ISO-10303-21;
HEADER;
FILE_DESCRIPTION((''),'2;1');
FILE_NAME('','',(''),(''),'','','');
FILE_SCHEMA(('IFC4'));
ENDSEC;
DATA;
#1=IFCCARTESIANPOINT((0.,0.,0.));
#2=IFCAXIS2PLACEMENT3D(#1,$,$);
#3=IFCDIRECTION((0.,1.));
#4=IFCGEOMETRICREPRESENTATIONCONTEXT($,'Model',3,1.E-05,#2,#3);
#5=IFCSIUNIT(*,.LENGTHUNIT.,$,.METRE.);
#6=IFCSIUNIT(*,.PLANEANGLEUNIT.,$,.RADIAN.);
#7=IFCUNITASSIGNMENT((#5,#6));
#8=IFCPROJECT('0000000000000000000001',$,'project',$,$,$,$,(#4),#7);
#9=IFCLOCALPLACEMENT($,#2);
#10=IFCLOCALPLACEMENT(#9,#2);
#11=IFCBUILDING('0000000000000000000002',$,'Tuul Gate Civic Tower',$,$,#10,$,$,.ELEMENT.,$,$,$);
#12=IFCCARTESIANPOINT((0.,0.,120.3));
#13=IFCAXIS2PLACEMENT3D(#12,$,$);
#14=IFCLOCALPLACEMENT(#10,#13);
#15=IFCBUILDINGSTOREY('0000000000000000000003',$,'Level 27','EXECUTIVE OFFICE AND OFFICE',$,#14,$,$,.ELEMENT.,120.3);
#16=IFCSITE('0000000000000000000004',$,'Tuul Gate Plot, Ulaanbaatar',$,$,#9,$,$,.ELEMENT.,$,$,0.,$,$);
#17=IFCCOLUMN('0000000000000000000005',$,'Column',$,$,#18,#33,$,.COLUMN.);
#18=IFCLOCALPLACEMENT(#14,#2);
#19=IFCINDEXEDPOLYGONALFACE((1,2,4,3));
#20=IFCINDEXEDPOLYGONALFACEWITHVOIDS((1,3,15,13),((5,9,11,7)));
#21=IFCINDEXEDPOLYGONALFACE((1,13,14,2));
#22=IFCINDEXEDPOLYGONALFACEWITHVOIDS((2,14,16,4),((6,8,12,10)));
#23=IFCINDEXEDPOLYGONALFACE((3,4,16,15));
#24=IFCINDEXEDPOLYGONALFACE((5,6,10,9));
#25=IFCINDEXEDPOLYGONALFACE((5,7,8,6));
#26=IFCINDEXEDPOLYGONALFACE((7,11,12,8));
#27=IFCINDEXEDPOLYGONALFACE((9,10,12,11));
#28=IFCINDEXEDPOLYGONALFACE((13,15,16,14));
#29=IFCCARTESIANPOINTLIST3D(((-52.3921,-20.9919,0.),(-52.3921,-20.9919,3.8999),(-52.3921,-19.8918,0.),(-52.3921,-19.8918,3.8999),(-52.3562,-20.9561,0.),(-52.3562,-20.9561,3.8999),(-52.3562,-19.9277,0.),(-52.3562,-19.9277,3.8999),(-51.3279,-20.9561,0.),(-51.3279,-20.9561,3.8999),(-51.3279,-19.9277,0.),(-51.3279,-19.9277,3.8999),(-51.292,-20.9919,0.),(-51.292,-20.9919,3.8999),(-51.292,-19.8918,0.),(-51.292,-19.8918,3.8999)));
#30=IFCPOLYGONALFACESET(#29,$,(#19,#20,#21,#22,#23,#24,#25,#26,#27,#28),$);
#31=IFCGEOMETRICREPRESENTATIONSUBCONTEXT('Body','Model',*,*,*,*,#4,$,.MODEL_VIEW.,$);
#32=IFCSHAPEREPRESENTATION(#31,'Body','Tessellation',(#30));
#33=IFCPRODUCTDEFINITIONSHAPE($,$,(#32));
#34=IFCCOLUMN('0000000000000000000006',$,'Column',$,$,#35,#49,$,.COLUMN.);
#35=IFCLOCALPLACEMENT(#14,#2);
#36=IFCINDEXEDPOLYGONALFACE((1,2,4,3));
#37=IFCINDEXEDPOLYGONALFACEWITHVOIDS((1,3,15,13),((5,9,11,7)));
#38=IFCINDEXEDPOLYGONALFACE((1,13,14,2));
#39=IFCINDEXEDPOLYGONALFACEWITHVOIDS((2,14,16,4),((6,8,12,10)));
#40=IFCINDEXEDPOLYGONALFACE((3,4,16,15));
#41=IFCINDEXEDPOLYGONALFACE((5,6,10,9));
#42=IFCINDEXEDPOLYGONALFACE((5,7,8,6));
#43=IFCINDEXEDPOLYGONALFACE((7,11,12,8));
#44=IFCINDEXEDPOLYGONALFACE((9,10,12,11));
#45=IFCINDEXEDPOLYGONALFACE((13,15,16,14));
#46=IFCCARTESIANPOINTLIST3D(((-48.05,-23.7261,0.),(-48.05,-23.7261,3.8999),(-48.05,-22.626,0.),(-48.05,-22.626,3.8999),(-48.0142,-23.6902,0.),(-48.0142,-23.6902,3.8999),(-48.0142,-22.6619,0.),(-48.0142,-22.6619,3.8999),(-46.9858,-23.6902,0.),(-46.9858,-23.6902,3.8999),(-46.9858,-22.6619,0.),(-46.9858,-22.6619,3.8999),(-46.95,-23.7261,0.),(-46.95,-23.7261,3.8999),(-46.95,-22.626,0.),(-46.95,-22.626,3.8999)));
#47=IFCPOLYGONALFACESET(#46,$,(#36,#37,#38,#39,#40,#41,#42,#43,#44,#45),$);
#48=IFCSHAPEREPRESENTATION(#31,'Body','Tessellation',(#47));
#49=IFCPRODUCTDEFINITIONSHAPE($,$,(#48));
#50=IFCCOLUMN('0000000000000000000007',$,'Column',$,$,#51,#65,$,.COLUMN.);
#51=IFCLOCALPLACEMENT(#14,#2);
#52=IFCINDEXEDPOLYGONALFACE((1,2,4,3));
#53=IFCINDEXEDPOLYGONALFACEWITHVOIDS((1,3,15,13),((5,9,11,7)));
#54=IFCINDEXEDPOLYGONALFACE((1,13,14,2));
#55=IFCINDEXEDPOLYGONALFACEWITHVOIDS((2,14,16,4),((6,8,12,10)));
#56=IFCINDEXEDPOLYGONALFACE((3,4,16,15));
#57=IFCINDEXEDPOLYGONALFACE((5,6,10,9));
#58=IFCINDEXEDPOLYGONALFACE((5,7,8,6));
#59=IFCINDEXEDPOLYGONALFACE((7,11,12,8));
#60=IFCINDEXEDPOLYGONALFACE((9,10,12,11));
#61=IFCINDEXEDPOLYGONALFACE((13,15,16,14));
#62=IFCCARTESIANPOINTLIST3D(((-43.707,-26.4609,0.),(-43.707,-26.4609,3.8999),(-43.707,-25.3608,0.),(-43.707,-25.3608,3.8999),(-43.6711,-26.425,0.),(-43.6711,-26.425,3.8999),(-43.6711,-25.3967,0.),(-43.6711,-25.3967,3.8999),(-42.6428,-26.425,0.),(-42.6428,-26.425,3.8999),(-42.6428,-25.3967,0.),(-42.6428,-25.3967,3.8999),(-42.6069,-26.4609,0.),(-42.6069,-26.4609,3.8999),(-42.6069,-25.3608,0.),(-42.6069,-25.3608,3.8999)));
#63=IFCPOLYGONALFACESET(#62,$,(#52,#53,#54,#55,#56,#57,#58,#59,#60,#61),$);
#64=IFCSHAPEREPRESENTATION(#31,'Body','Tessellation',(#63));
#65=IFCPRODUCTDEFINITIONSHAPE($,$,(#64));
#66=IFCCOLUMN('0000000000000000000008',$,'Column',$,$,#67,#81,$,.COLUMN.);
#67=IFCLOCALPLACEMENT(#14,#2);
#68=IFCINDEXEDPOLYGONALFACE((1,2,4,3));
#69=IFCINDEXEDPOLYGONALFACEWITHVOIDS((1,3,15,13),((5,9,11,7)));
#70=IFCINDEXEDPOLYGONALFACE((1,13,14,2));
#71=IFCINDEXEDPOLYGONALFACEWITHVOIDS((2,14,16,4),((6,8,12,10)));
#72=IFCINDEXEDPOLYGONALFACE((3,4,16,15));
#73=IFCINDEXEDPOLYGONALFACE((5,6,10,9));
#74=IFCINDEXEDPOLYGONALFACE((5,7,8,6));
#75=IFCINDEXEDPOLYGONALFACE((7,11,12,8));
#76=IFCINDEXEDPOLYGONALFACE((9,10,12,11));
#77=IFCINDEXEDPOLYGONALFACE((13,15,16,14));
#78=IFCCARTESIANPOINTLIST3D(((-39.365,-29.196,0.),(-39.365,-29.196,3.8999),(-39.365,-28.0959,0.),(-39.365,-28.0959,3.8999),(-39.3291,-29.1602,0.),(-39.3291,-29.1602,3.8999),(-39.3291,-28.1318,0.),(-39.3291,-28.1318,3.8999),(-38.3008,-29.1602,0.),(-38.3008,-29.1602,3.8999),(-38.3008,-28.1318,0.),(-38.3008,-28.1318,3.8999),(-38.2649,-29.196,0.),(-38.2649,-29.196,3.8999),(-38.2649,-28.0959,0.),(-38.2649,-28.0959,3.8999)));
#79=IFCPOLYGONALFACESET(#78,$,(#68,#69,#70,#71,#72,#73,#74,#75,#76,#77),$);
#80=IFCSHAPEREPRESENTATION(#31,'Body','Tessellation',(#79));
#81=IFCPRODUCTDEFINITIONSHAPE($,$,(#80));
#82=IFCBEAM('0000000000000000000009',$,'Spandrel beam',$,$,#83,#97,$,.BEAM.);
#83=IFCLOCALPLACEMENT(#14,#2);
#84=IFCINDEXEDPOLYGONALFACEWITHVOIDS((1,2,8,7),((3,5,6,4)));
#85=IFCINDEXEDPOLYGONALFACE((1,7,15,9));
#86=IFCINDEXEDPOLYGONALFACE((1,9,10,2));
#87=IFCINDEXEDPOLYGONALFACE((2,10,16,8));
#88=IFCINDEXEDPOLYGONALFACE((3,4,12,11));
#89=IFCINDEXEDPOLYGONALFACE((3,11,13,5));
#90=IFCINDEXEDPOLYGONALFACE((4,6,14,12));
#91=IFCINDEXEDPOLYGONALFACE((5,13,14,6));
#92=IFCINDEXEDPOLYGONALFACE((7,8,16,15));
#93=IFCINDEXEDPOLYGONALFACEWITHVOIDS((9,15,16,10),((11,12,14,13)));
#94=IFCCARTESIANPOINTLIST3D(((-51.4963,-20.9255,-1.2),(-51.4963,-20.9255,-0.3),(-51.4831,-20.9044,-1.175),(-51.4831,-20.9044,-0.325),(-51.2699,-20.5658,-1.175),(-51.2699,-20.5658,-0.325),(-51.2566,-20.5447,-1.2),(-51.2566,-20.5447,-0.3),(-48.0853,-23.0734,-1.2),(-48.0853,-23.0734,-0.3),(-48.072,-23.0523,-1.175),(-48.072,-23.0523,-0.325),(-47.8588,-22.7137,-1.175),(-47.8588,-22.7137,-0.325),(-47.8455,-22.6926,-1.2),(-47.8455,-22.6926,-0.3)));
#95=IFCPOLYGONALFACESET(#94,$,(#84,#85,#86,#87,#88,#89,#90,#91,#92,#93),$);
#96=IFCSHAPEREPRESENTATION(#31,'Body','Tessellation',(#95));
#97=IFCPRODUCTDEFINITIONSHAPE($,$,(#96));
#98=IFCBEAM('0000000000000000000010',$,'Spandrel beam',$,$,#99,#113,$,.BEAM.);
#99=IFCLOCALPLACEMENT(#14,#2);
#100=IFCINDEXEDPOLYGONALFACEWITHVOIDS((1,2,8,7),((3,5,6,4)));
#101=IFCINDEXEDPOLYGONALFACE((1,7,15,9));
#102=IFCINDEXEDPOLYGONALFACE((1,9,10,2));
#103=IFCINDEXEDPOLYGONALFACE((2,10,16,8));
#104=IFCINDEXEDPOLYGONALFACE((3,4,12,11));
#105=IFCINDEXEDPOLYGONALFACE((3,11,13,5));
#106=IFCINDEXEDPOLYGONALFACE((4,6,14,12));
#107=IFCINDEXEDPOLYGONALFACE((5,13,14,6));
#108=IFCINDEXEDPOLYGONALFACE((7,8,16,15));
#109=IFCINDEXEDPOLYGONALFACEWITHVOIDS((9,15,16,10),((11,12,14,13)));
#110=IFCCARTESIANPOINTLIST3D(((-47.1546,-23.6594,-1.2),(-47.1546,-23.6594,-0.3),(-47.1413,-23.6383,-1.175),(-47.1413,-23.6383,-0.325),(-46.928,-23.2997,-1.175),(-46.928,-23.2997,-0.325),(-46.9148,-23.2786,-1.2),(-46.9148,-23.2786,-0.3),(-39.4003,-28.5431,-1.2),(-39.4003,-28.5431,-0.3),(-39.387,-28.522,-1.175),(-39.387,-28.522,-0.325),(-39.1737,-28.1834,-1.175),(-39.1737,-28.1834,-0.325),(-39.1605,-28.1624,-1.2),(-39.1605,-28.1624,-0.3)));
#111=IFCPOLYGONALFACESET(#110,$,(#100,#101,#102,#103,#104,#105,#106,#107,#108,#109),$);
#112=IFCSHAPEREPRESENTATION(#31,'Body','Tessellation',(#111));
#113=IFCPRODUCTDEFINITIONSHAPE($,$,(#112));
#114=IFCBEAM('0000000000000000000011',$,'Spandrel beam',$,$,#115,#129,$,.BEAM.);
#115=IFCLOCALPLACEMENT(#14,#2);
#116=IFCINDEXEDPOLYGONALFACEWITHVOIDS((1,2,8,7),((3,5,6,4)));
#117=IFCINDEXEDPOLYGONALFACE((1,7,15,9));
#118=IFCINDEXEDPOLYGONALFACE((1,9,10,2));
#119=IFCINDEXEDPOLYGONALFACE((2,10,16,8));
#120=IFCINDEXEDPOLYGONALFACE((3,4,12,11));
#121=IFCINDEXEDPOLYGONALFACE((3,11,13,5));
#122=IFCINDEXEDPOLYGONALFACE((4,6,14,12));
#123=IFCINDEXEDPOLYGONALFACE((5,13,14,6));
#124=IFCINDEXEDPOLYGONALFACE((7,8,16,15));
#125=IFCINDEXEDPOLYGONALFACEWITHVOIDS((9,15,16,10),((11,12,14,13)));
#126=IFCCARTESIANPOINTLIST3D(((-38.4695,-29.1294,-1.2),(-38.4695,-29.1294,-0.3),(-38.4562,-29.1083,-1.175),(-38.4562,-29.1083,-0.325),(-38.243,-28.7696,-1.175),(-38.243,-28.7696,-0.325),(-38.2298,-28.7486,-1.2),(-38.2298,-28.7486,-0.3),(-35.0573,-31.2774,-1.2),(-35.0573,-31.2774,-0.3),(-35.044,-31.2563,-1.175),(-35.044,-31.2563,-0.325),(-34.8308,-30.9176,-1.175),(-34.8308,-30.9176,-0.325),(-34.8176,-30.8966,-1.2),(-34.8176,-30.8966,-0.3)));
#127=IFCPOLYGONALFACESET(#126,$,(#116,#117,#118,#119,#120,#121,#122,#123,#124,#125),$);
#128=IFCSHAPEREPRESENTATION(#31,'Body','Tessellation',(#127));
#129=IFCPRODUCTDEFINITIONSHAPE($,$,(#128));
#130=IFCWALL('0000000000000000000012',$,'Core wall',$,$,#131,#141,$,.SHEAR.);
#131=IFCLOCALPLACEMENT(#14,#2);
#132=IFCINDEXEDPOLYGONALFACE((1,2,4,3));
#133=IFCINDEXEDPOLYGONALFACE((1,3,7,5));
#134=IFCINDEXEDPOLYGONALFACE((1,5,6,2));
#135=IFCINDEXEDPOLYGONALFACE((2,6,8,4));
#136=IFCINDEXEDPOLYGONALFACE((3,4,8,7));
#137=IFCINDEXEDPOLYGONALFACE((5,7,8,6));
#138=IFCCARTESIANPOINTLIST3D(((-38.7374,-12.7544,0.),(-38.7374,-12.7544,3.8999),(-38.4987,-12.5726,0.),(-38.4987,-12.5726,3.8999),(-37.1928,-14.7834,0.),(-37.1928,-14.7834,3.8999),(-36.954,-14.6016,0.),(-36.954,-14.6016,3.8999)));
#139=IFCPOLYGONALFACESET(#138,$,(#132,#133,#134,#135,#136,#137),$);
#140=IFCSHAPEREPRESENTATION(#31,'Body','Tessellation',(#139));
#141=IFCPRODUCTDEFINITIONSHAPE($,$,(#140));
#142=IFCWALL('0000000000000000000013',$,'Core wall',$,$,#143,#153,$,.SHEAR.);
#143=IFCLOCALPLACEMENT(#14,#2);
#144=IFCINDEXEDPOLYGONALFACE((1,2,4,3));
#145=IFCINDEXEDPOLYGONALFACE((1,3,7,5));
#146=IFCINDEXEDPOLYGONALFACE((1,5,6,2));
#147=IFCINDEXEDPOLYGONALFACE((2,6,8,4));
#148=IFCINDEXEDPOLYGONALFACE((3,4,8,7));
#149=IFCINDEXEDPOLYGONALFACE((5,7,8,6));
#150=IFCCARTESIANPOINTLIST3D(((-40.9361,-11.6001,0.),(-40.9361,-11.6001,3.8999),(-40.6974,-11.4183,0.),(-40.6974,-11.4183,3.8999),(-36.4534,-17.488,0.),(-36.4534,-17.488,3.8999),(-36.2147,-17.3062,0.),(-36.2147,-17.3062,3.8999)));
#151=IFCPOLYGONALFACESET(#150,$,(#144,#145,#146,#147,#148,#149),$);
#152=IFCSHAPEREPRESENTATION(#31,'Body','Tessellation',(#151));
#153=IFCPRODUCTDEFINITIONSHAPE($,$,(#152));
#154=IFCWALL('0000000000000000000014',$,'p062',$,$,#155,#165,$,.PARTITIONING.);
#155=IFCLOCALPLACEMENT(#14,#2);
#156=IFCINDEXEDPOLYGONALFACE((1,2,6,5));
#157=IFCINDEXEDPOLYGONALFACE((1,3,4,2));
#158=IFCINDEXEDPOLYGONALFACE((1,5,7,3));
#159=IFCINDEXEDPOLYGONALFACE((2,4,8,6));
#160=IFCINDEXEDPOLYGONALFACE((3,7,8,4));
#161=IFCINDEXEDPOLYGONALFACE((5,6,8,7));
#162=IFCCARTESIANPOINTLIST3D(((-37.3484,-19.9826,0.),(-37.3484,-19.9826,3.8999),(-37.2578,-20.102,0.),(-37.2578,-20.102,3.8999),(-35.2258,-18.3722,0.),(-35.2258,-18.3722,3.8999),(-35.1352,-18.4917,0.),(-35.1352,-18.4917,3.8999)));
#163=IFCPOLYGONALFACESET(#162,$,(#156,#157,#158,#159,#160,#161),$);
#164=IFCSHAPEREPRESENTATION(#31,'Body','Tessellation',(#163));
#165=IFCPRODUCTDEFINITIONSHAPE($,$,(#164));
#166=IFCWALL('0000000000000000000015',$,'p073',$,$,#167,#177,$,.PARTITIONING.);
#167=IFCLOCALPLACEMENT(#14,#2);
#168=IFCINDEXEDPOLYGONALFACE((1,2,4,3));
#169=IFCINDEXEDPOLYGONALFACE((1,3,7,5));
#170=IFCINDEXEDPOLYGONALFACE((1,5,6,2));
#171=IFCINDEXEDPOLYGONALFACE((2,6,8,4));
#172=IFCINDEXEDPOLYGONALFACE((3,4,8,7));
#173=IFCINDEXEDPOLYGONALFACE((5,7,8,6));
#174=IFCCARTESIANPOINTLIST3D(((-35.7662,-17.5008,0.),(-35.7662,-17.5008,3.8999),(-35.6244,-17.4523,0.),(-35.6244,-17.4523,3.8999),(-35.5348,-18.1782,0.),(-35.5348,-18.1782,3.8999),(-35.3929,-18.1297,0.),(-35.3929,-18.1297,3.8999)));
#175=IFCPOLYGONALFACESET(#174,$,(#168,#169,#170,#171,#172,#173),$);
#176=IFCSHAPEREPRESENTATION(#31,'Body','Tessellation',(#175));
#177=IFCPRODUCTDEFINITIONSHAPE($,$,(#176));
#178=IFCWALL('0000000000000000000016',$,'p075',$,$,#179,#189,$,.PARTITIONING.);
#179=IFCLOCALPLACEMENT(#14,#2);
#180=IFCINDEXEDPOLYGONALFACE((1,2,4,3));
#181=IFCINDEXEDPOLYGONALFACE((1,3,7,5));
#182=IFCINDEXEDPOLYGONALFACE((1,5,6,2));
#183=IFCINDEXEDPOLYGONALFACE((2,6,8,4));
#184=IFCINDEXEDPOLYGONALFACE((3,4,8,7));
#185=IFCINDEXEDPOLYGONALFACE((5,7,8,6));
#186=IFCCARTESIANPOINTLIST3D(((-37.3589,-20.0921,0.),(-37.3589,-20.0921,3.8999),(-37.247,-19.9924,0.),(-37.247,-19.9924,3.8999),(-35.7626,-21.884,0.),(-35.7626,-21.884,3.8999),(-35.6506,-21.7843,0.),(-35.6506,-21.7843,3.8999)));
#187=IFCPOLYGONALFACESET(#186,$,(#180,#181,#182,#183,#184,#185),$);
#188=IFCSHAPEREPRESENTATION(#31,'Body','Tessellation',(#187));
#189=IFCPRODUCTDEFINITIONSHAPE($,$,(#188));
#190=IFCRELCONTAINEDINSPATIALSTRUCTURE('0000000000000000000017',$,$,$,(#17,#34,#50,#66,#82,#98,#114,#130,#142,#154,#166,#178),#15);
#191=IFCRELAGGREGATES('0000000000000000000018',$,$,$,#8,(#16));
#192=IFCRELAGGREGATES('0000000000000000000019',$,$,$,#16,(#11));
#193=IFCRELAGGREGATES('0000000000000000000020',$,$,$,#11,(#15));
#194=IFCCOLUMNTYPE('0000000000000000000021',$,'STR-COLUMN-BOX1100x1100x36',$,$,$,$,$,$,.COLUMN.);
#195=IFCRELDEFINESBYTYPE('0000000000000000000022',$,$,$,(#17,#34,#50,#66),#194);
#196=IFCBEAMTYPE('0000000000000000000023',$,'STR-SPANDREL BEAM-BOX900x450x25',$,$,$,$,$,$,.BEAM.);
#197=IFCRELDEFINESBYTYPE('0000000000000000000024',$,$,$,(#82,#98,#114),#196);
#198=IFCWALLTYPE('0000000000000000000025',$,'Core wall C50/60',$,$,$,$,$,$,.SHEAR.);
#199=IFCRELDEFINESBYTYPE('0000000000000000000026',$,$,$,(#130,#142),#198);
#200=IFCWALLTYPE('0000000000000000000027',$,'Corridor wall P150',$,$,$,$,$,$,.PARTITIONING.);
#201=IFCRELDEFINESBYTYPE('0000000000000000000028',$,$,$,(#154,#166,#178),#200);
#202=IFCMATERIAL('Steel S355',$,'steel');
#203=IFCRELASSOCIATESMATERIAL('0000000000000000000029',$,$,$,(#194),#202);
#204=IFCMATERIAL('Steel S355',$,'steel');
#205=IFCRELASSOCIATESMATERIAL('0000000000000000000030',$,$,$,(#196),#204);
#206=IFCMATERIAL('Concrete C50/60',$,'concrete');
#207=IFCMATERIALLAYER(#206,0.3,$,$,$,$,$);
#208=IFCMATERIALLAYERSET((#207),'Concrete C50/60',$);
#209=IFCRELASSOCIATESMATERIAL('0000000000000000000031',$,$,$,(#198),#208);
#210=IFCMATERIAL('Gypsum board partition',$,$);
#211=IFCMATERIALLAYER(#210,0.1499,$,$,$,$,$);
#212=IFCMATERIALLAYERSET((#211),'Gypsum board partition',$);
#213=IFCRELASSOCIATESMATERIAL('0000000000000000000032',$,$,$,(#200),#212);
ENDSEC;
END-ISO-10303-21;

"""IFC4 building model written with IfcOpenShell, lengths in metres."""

from ifc_helpers import new_model, si_unit, direction, frame, frame_2d, origin, origin_2d, place, context, subcontext, project, spatial, rectangle, hollow_rectangle, extrude, material, layer, layer_set, material_profile, profile_set, type_object, element, save


model = new_model("IFC4")

# Units and contexts
model_context = context("Model", 3, precision=1e-05, world=origin(), true_north=direction((0.0, 1.0)))
body_context = subcontext(model_context, "Body", "Model", "MODEL_VIEW")
ifc_project = project(units=[si_unit("LENGTHUNIT", "METRE"), si_unit("PLANEANGLEUNIT", "RADIAN")], contexts=[model_context])

# Site, building, storey
site_placement = place(None, origin())
site = spatial("IfcSite", under=ifc_project, at=site_placement, Name="Tuul Gate Plot, Ulaanbaatar", CompositionType="ELEMENT", RefElevation=0.0)
building_placement = place(site_placement, origin())
building = spatial("IfcBuilding", under=site, at=building_placement, Name="Tuul Gate Civic Tower", CompositionType="ELEMENT")
storey_placement = place(building_placement, frame((0.0, 0.0, 120.3)))
storey = spatial("IfcBuildingStorey", under=building, at=storey_placement, Name="Level 27", Description="EXECUTIVE OFFICE AND OFFICE", CompositionType="ELEMENT", Elevation=120.3)

# Columns
ifc_material_1 = material(Name="Steel S355", Category="steel")
ifc_material_profile_1 = material_profile(ifc_material_1, hollow_rectangle(XDim=1.1001, YDim=1.1001, WallThickness=0.0359, at=origin_2d()), Name="BOX1100x1100x36")
ifc_profile_set_1 = profile_set([ifc_material_profile_1], Name="Steel S355")
column_type = type_object("IfcColumnType", Name="STR-COLUMN-BOX1100x1100x36", PredefinedType="COLUMN", material=ifc_profile_set_1)
for number, where, z_axis, x_axis, name in (
    (1, (-51.842, -20.4419, 0.0), (0.0, 0.0, 1.0), (1.0, 0.0, 0.0), "Column"),
    (2, (-47.5, -23.176, 0.0), (0.0, 0.0, 1.0), (1.0, 0.0, 0.0), "Column"),
    (3, (-43.157, -25.9109, 0.0), (0.0, 0.0, 1.0), (1.0, 0.0, 0.0), "Column"),
    (4, (-38.8149, -28.646, 0.0), (0.0, 0.0, 1.0), (1.0, 0.0, 0.0), "Column"),
):
    element("IfcColumn", number, at=place(storey_placement, frame(where, z_axis=z_axis, x_axis=x_axis)), inside=storey, type_object=column_type, Name=name, PredefinedType="COLUMN", context=body_context, shape_type="SweptSolid", body=[
        extrude(hollow_rectangle(XDim=1.1001, YDim=1.1001, WallThickness=0.0359, at=origin_2d()), origin(), (0.0, 0.0, 1.0), 3.8999),
    ])

# Beams
ifc_material_2 = material(Name="Steel S355", Category="steel")
ifc_material_profile_2 = material_profile(ifc_material_2, hollow_rectangle(XDim=0.45, YDim=0.8999, WallThickness=0.0249, at=origin_2d()), Name="BOX900x450x25")
ifc_profile_set_2 = profile_set([ifc_material_profile_2], Name="Steel S355")
beam_type = type_object("IfcBeamType", Name="STR-SPANDREL BEAM-BOX900x450x25", PredefinedType="BEAM", material=ifc_profile_set_2)
beam_1_placement = place(storey_placement, frame((-51.3765, -20.7351, -0.75), z_axis=(0.846211, -0.532849, 0.0), x_axis=(0.532849, 0.846211, 0.0)))
element("IfcBeam", 5, at=beam_1_placement, inside=storey, type_object=beam_type, Name="Spandrel beam", PredefinedType="BEAM", context=body_context, shape_type="SweptSolid", body=[
    extrude(hollow_rectangle(XDim=0.45, YDim=0.8999, WallThickness=0.0249, at=origin_2d()), origin(), (0.0, 0.0, 1.0), 4.031),
])
beam_2_placement = place(storey_placement, frame((-47.0347, -23.469, -0.75), z_axis=(0.846164, -0.532922, 0.0), x_axis=(0.532922, 0.846164, 0.0)))
element("IfcBeam", 6, at=beam_2_placement, inside=storey, type_object=beam_type, Name="Spandrel beam", PredefinedType="BEAM", context=body_context, shape_type="SweptSolid", body=[
    extrude(hollow_rectangle(XDim=0.45, YDim=0.8999, WallThickness=0.0249, at=origin_2d()), origin(), (0.0, 0.0, 1.0), 9.1641),
])
beam_3_placement = place(storey_placement, frame((-38.3496, -28.939, -0.75), z_axis=(0.846279, -0.532739, 0.0), x_axis=(0.532739, 0.846279, 0.0)))
element("IfcBeam", 7, at=beam_3_placement, inside=storey, type_object=beam_type, Name="Spandrel beam", PredefinedType="BEAM", context=body_context, shape_type="SweptSolid", body=[
    extrude(hollow_rectangle(XDim=0.45, YDim=0.8999, WallThickness=0.0249, at=origin_2d()), origin(), (0.0, 0.0, 1.0), 4.032),
])

# Walls
ifc_material_3 = material(Name="Concrete C50/60", Category="concrete")
ifc_layer_1 = layer(ifc_material_3, 0.3)
ifc_layer_set_1 = layer_set([ifc_layer_1], Name="Concrete C50/60")
wall_type_1 = type_object("IfcWallType", Name="Core wall C50/60", PredefinedType="SHEAR", material=ifc_layer_set_1)
wall_1_placement = place(storey_placement, frame((-37.0735, -14.6924, 0.0), z_axis=(0.0, 0.0, 1.0), x_axis=(-0.605729, 0.795671, 0.0)))
element("IfcWall", 8, at=wall_1_placement, inside=storey, type_object=wall_type_1, Name="Core wall", PredefinedType="SHEAR", context=body_context, shape_type="SweptSolid", body=[
    extrude(rectangle(XDim=2.55, YDim=0.3, at=frame_2d((1.2749, 0.0))), origin(), (0.0, 0.0, 1.0), 3.8999),
])
wall_2_placement = place(storey_placement, frame((-36.334, -17.3972, 0.0), z_axis=(0.0, 0.0, 1.0), x_axis=(-0.605754, 0.795652, 0.0)))
element("IfcWall", 9, at=wall_2_placement, inside=storey, type_object=wall_type_1, Name="Core wall", PredefinedType="SHEAR", context=body_context, shape_type="SweptSolid", body=[
    extrude(rectangle(XDim=7.4001, YDim=0.3, at=frame_2d((3.7002, 0.0))), origin(), (0.0, 0.0, 1.0), 3.8999),
])
ifc_material_4 = material(Name="Gypsum board partition")
ifc_layer_2 = layer(ifc_material_4, 0.1499)
ifc_layer_set_2 = layer_set([ifc_layer_2], Name="Gypsum board partition")
wall_type_2 = type_object("IfcWallType", Name="Corridor wall P150", PredefinedType="PARTITIONING", material=ifc_layer_set_2)
wall_3_placement = place(storey_placement, frame((-37.303, -20.0422, 0.0), z_axis=(0.0, 0.0, 1.0), x_axis=(0.796667, 0.604419, 0.0)))
element("IfcWall", 10, at=wall_3_placement, inside=storey, type_object=wall_type_2, Name="p062", PredefinedType="PARTITIONING", context=body_context, shape_type="SweptSolid", body=[
    extrude(rectangle(XDim=2.6643, YDim=0.1499, at=frame_2d((1.332, 0.0))), origin(), (0.0, 0.0, 1.0), 3.8999),
])
wall_4_placement = place(storey_placement, frame((-35.6953, -17.4766, 0.0), z_axis=(0.0, 0.0, 1.0), x_axis=(0.323382, -0.946268, 0.0)))
element("IfcWall", 11, at=wall_4_placement, inside=storey, type_object=wall_type_2, Name="p073", PredefinedType="PARTITIONING", context=body_context, shape_type="SweptSolid", body=[
    extrude(rectangle(XDim=0.7158, YDim=0.1499, at=frame_2d((0.3579, 0.0))), origin(), (0.0, 0.0, 1.0), 3.8999),
])
wall_5_placement = place(storey_placement, frame((-37.303, -20.0422, 0.0), z_axis=(0.0, 0.0, 1.0), x_axis=(0.665191, -0.746674, 0.0)))
element("IfcWall", 12, at=wall_5_placement, inside=storey, type_object=wall_type_2, Name="p075", PredefinedType="PARTITIONING", context=body_context, shape_type="SweptSolid", body=[
    extrude(rectangle(XDim=2.3999, YDim=0.1499, at=frame_2d((1.2, 0.0))), origin(), (0.0, 0.0, 1.0), 3.8999),
])

save(model, "model.ifc")
